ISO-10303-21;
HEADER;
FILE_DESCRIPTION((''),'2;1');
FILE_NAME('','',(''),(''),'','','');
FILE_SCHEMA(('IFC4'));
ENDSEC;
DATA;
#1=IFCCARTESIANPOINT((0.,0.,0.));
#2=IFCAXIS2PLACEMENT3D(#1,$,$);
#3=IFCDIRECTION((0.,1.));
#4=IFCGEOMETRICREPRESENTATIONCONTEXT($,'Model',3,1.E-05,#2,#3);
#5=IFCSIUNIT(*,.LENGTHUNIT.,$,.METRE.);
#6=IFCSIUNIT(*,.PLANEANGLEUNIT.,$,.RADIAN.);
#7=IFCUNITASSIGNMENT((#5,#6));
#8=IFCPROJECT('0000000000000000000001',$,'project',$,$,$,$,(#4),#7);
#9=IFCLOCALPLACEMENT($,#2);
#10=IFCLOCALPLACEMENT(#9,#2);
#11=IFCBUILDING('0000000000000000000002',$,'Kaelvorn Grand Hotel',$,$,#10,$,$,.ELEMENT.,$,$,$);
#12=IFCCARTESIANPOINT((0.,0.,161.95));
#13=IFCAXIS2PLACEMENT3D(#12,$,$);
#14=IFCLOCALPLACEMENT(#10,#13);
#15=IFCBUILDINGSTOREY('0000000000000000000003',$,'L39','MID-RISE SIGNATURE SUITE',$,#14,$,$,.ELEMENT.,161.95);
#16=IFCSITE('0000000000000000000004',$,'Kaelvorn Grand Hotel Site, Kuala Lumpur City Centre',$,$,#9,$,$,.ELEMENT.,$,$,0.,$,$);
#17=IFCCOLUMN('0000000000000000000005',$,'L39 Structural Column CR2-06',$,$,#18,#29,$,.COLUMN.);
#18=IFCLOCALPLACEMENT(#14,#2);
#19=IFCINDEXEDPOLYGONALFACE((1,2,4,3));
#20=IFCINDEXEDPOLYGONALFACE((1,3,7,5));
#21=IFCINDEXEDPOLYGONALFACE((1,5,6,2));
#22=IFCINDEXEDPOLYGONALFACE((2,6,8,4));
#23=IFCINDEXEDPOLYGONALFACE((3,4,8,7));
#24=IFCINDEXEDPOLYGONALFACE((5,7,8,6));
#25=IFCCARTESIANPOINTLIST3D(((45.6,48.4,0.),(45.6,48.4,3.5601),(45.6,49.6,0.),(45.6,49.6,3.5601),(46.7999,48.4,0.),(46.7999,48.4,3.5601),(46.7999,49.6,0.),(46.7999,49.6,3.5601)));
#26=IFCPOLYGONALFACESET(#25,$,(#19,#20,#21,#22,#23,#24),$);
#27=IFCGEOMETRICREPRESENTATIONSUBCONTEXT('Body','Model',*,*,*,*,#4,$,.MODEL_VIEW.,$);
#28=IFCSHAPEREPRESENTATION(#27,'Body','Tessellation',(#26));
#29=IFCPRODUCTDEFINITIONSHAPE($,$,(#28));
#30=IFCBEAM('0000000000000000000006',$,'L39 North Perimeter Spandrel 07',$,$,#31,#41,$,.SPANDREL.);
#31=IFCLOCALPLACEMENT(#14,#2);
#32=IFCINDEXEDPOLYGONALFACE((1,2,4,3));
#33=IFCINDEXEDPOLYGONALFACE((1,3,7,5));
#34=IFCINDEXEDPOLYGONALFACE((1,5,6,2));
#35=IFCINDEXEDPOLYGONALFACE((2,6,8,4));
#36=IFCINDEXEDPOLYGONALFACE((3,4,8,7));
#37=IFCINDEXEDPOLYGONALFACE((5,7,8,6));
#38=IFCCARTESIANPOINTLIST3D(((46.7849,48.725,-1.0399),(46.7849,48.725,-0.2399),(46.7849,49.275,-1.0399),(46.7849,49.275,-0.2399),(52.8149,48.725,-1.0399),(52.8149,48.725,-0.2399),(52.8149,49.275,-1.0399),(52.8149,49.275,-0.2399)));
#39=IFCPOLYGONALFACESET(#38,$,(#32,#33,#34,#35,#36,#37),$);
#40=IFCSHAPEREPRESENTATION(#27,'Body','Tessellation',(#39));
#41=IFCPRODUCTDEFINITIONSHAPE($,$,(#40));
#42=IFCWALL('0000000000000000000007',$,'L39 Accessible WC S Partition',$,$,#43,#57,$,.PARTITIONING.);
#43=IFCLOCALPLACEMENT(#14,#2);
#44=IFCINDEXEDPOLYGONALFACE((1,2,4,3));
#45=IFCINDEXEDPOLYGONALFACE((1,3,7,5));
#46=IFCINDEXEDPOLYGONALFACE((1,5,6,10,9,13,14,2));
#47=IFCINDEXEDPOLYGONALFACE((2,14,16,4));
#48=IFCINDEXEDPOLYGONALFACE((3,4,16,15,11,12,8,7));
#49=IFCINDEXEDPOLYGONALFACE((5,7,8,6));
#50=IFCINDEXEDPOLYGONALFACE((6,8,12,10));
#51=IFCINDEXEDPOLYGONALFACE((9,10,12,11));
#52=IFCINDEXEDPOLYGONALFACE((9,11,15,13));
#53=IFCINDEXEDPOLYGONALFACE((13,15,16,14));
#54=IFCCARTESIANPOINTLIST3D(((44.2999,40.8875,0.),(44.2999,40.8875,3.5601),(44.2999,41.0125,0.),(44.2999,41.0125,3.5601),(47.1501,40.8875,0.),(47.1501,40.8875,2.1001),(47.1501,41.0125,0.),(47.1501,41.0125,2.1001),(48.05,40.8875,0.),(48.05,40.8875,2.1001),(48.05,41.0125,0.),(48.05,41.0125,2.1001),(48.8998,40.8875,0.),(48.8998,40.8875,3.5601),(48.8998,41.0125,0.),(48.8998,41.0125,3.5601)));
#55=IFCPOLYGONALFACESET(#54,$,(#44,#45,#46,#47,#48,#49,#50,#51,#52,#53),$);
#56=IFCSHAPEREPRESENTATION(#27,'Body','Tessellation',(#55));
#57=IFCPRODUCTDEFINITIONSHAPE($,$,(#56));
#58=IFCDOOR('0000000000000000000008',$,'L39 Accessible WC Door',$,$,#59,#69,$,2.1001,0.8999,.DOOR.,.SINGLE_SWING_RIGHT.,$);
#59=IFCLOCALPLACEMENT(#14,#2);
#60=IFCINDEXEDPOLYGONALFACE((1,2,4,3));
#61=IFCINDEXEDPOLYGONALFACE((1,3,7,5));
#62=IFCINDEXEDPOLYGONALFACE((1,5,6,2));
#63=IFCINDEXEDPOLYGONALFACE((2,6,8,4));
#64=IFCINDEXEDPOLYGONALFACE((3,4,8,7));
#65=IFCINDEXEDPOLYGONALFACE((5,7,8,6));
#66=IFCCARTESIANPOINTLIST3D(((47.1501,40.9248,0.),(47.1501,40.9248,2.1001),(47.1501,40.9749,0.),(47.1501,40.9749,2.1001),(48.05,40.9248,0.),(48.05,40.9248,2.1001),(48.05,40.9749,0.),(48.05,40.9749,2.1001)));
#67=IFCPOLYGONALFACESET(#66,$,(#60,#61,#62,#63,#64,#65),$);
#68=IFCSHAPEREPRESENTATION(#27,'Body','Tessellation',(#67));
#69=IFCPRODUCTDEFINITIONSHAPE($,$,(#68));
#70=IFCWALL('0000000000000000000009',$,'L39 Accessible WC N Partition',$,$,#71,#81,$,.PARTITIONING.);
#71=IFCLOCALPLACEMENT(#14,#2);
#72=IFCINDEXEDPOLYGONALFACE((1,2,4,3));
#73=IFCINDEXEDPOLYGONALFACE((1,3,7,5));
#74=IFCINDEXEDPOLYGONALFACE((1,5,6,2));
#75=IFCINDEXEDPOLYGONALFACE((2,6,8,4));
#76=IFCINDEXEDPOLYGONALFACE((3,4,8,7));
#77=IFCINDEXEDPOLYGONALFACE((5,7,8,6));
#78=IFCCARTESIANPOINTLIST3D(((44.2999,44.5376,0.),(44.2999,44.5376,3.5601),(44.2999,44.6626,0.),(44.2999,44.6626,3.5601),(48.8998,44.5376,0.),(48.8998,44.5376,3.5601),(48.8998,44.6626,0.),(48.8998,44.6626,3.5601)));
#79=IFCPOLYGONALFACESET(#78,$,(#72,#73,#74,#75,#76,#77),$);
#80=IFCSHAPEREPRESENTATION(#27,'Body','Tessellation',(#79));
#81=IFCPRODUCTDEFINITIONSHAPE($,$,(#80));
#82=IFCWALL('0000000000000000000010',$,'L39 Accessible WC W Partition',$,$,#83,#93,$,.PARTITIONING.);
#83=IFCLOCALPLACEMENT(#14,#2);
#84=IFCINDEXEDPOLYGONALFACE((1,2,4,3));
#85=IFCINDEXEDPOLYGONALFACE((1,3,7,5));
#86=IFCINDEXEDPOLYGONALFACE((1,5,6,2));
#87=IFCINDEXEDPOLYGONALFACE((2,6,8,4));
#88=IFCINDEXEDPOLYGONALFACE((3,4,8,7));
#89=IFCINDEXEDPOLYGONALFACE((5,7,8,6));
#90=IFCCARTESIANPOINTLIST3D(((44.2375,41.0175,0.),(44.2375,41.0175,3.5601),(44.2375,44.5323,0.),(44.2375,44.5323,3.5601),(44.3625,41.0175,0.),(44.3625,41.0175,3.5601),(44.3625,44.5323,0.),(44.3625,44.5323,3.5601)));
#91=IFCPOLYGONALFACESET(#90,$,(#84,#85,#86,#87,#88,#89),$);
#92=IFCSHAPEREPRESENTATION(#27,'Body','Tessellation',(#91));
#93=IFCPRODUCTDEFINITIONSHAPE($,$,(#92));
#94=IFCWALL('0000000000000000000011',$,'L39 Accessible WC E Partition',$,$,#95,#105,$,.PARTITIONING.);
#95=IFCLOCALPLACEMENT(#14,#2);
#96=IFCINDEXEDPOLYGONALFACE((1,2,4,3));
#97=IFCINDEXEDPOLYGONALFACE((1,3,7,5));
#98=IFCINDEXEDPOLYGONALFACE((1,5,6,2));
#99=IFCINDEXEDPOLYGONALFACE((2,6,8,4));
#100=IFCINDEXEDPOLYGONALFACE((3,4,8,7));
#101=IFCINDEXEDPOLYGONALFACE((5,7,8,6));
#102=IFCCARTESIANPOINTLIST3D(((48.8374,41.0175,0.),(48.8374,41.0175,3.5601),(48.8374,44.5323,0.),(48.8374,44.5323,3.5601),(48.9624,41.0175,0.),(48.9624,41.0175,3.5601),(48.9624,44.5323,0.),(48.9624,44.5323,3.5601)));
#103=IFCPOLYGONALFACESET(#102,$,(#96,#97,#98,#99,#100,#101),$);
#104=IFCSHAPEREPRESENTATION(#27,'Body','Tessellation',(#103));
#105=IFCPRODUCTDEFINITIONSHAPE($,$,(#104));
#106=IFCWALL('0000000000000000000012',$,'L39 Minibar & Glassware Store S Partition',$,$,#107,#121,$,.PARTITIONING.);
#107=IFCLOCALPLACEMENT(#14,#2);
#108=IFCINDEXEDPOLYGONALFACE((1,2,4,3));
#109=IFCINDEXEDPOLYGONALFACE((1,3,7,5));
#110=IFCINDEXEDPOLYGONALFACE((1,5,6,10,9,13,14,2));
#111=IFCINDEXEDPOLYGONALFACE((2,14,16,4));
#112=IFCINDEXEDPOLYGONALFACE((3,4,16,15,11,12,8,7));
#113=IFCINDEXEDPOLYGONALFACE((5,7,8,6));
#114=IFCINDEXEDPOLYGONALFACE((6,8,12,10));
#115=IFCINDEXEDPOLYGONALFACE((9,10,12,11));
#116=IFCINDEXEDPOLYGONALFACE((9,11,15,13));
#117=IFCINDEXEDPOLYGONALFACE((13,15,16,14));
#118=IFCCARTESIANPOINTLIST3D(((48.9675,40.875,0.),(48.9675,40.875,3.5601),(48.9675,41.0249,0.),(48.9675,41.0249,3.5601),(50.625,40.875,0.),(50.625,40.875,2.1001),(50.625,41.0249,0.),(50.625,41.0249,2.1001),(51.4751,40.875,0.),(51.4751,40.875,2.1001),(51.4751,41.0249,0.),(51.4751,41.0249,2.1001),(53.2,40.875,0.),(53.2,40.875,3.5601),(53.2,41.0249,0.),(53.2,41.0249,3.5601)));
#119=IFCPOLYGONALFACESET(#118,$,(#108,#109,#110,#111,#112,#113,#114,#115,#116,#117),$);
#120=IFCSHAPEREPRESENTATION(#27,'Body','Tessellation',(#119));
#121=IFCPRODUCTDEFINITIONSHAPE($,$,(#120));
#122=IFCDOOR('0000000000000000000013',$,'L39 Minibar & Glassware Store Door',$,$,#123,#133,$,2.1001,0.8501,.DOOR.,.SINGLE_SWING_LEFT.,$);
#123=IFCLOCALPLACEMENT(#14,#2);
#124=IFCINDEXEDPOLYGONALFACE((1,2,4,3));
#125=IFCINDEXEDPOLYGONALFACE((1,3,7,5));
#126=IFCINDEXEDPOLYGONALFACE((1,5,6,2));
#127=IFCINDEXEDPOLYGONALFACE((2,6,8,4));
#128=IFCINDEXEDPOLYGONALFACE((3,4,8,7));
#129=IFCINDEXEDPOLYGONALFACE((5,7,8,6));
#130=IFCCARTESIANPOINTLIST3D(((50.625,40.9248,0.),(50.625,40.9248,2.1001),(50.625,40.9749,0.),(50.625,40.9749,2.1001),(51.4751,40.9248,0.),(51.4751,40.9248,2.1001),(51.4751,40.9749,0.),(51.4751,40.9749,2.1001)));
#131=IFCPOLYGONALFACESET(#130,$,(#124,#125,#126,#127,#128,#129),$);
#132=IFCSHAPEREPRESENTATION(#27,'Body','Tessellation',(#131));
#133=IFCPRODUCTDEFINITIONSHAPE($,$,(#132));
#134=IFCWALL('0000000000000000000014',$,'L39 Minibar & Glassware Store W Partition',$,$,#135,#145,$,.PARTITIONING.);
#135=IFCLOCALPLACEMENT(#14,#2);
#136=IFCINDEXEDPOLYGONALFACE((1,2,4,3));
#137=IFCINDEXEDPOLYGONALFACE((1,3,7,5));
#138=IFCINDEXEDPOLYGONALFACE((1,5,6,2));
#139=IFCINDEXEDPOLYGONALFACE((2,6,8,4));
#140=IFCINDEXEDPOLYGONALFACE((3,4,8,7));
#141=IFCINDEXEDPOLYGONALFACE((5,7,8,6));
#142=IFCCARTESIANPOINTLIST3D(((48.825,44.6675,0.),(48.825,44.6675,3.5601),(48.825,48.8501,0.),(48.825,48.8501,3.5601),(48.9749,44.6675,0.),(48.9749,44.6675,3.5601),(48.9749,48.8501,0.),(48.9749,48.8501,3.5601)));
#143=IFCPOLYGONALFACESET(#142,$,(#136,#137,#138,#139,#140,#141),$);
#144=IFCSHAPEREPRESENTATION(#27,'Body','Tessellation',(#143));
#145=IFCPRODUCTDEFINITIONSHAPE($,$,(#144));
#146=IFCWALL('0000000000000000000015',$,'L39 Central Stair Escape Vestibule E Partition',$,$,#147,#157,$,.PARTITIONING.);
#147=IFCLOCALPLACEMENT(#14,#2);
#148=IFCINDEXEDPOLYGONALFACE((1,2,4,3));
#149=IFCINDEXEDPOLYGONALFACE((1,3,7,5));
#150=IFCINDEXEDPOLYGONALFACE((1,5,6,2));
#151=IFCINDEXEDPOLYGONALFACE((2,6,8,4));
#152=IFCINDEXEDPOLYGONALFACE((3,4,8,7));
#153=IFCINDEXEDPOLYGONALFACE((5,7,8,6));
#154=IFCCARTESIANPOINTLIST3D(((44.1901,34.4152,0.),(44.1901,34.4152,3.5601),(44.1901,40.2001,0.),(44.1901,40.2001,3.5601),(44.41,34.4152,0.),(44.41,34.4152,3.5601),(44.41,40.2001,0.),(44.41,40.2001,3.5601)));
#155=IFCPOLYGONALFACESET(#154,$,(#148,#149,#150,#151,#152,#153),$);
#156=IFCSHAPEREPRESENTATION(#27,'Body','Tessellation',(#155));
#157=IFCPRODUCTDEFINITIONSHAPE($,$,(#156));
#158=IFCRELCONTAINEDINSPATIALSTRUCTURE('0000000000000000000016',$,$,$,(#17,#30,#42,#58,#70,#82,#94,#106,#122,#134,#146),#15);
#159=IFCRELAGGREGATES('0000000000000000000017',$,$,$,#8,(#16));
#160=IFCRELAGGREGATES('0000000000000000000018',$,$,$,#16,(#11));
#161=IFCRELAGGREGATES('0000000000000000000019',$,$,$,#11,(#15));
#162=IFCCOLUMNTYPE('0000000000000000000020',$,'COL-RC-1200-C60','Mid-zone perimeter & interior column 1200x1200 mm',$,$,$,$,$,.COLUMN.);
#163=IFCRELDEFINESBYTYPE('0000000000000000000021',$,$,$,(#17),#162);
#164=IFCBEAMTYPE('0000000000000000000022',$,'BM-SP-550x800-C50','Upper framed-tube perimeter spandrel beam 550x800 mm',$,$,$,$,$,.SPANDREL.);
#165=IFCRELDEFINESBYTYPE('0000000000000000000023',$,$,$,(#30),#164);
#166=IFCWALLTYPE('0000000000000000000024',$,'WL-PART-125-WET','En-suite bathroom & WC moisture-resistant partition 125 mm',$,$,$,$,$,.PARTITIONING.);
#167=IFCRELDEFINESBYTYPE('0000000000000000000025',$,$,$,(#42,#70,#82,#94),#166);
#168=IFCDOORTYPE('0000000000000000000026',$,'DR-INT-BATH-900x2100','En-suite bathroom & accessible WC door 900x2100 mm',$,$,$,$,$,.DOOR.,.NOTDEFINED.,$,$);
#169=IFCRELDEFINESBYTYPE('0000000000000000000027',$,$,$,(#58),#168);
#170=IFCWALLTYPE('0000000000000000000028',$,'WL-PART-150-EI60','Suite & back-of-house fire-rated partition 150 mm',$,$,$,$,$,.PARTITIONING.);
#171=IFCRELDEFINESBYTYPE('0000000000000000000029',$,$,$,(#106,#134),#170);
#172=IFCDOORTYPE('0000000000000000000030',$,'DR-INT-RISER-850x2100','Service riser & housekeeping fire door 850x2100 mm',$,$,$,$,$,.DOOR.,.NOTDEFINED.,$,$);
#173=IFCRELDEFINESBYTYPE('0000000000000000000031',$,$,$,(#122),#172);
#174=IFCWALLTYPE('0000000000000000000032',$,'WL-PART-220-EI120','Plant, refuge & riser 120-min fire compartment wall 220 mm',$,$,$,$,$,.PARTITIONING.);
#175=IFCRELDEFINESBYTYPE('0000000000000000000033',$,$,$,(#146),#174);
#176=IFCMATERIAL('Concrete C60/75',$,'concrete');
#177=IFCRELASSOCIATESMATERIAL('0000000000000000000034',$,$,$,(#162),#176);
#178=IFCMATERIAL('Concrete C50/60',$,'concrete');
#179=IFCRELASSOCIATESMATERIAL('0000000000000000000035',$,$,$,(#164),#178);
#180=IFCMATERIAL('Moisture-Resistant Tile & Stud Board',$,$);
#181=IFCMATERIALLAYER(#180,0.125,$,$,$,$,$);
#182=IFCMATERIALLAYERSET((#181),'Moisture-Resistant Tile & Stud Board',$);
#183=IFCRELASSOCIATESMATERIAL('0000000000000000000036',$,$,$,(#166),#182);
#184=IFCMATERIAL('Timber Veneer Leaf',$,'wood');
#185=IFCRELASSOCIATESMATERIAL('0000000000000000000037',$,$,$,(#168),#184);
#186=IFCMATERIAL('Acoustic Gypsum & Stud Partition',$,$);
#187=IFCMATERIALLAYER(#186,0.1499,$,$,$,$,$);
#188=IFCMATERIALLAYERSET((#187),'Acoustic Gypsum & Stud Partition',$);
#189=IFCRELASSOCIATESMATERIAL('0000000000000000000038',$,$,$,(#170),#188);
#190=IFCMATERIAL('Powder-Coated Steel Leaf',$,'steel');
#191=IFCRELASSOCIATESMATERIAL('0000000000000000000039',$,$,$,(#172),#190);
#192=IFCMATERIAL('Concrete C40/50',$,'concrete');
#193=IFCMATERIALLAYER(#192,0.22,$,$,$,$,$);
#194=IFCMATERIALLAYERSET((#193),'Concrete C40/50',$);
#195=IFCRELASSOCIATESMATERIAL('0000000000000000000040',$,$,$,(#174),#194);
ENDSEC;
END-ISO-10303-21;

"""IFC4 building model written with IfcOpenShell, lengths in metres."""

from ifc_helpers import new_model, si_unit, direction, frame, frame_2d, origin, origin_2d, place, context, subcontext, project, spatial, rectangle, extrude, material, layer, layer_set, material_profile, profile_set, type_object, element, fill, save


model = new_model("IFC4")

# Units and contexts
model_context = context("Model", 3, precision=1e-05, world=origin(), true_north=direction((0.0, 1.0)))
body_context = subcontext(model_context, "Body", "Model", "MODEL_VIEW")
ifc_project = project(units=[si_unit("LENGTHUNIT", "METRE"), si_unit("PLANEANGLEUNIT", "RADIAN")], contexts=[model_context])

# Site, building, storey
site_placement = place(None, origin())
site = spatial("IfcSite", under=ifc_project, at=site_placement, Name="Kaelvorn Grand Hotel Site, Kuala Lumpur City Centre", CompositionType="ELEMENT", RefElevation=0.0)
building_placement = place(site_placement, origin())
building = spatial("IfcBuilding", under=site, at=building_placement, Name="Kaelvorn Grand Hotel", CompositionType="ELEMENT")
storey_placement = place(building_placement, frame((0.0, 0.0, 161.95)))
storey = spatial("IfcBuildingStorey", under=building, at=storey_placement, Name="L39", Description="MID-RISE SIGNATURE SUITE", CompositionType="ELEMENT", Elevation=161.95)

# Column
ifc_material_1 = material(Name="Concrete C60/75", Category="concrete")
ifc_material_profile_1 = material_profile(ifc_material_1, rectangle(XDim=1.2, YDim=1.2, at=origin_2d()), Name="RC COL 1200x1200")
ifc_profile_set_1 = profile_set([ifc_material_profile_1], Name="Concrete C60/75")
column_type = type_object("IfcColumnType", Name="COL-RC-1200-C60", Description="Mid-zone perimeter & interior column 1200x1200 mm", PredefinedType="COLUMN", material=ifc_profile_set_1)
column_placement = place(storey_placement, frame((46.2, 49.0, 0.0), z_axis=(0.0, 0.0, 1.0), x_axis=(1.0, 0.0, 0.0)))
element("IfcColumn", 1, at=column_placement, inside=storey, type_object=column_type, Name="L39 Structural Column CR2-06", PredefinedType="COLUMN", context=body_context, shape_type="SweptSolid", body=[
    extrude(rectangle(XDim=1.2, YDim=1.2, at=origin_2d()), origin(), (0.0, 0.0, 1.0), 3.5601),
])

# Beam
ifc_material_2 = material(Name="Concrete C50/60", Category="concrete")
ifc_material_profile_2 = material_profile(ifc_material_2, rectangle(XDim=0.55, YDim=0.8, at=origin_2d()), Name="RC SPANDREL 550x800")
ifc_profile_set_2 = profile_set([ifc_material_profile_2], Name="Concrete C50/60")
beam_type = type_object("IfcBeamType", Name="BM-SP-550x800-C50", Description="Upper framed-tube perimeter spandrel beam 550x800 mm", PredefinedType="SPANDREL", material=ifc_profile_set_2)
beam_placement = place(storey_placement, frame((46.7849, 49.0, -0.6399), z_axis=(1.0, 0.0, 0.0), x_axis=(0.0, 1.0, 0.0)))
element("IfcBeam", 2, at=beam_placement, inside=storey, type_object=beam_type, Name="L39 North Perimeter Spandrel 07", PredefinedType="SPANDREL", context=body_context, shape_type="SweptSolid", body=[
    extrude(rectangle(XDim=0.55, YDim=0.8, at=origin_2d()), origin(), (0.0, 0.0, 1.0), 6.03),
])

# Wall, opening, door
ifc_material_3 = material(Name="Moisture-Resistant Tile & Stud Board")
ifc_layer_1 = layer(ifc_material_3, 0.125)
ifc_layer_set_1 = layer_set([ifc_layer_1], Name="Moisture-Resistant Tile & Stud Board")
wall_type_1 = type_object("IfcWallType", Name="WL-PART-125-WET", Description="En-suite bathroom & WC moisture-resistant partition 125 mm", PredefinedType="PARTITIONING", material=ifc_layer_set_1)
wall_1_placement = place(storey_placement, frame((44.3, 40.95, 0.0), z_axis=(0.0, 0.0, 1.0), x_axis=(1.0, 0.0, 0.0)))
wall_1 = element("IfcWall", 3, at=wall_1_placement, inside=storey, type_object=wall_type_1, Name="L39 Accessible WC S Partition", PredefinedType="PARTITIONING", context=body_context, shape_type="SweptSolid", body=[
    extrude(rectangle(XDim=4.5999, YDim=0.125, at=frame_2d((2.2998, 0.0))), origin(), (0.0, 0.0, 1.0), 3.5601),
])
opening_1_placement = place(wall_1_placement, frame((2.8501, 0.0, 0.0)))
opening_1 = element("IfcOpeningElement", 4, at=opening_1_placement, cuts=wall_1, PredefinedType="OPENING", context=body_context, shape_type="SweptSolid", body=[
    extrude(rectangle(XDim=0.8999, YDim=2.1001, at=frame_2d((0.45, 1.05))), frame((0.0, 0.0725, 0.0), z_axis=(0.0, -1.0, 0.0), x_axis=(1.0, 0.0, 0.0)), (0.0, 0.0, 1.0), 0.145),
])
ifc_material_4 = material(Name="Timber Veneer Leaf", Category="wood")
door_type_1 = type_object("IfcDoorType", Name="DR-INT-BATH-900x2100", Description="En-suite bathroom & accessible WC door 900x2100 mm", OperationType="NOTDEFINED", PredefinedType="DOOR", material=ifc_material_4)
door_1_placement = place(opening_1_placement, origin())
door_1 = element("IfcDoor", 5, at=door_1_placement, inside=storey, type_object=door_type_1, Name="L39 Accessible WC Door", OperationType="SINGLE_SWING_RIGHT", OverallHeight=2.1001, OverallWidth=0.8999, PredefinedType="DOOR", context=body_context, shape_type="SweptSolid", body=[
    extrude(rectangle(XDim=0.8999, YDim=2.1001, at=frame_2d((0.45, 1.05))), frame((0.0, 0.0249, 0.0), z_axis=(0.0, -1.0, 0.0), x_axis=(1.0, 0.0, 0.0)), (0.0, 0.0, 1.0), 0.05),
])
fill(opening_1, door_1)

# Walls
wall_2_placement = place(storey_placement, frame((44.3, 44.6001, 0.0), z_axis=(0.0, 0.0, 1.0), x_axis=(1.0, 0.0, 0.0)))
element("IfcWall", 6, at=wall_2_placement, inside=storey, type_object=wall_type_1, Name="L39 Accessible WC N Partition", PredefinedType="PARTITIONING", context=body_context, shape_type="SweptSolid", body=[
    extrude(rectangle(XDim=4.5999, YDim=0.125, at=frame_2d((2.2998, 0.0))), origin(), (0.0, 0.0, 1.0), 3.5601),
])
for number, where, z_axis, x_axis, name in (
    (7, (44.3, 41.0176, 0.0), (0.0, 0.0, 1.0), (0.0, 1.0, 0.0), "L39 Accessible WC W Partition"),
    (8, (48.8999, 41.0176, 0.0), (0.0, 0.0, 1.0), (0.0, 1.0, 0.0), "L39 Accessible WC E Partition"),
):
    element("IfcWall", number, at=place(storey_placement, frame(where, z_axis=z_axis, x_axis=x_axis)), inside=storey, type_object=wall_type_1, Name=name, PredefinedType="PARTITIONING", context=body_context, shape_type="SweptSolid", body=[
        extrude(rectangle(XDim=3.5149, YDim=0.125, at=frame_2d((1.7573, 0.0))), origin(), (0.0, 0.0, 1.0), 3.5601),
    ])

# Wall, opening, door
ifc_material_5 = material(Name="Acoustic Gypsum & Stud Partition")
ifc_layer_2 = layer(ifc_material_5, 0.1499)
ifc_layer_set_2 = layer_set([ifc_layer_2], Name="Acoustic Gypsum & Stud Partition")
wall_type_2 = type_object("IfcWallType", Name="WL-PART-150-EI60", Description="Suite & back-of-house fire-rated partition 150 mm", PredefinedType="PARTITIONING", material=ifc_layer_set_2)
wall_3_placement = place(storey_placement, frame((48.9675, 40.95, 0.0), z_axis=(0.0, 0.0, 1.0), x_axis=(1.0, 0.0, 0.0)))
wall_3 = element("IfcWall", 9, at=wall_3_placement, inside=storey, type_object=wall_type_2, Name="L39 Minibar & Glassware Store S Partition", PredefinedType="PARTITIONING", context=body_context, shape_type="SweptSolid", body=[
    extrude(rectangle(XDim=4.2324, YDim=0.1499, at=frame_2d((2.1162, 0.0))), origin(), (0.0, 0.0, 1.0), 3.5601),
])
opening_2_placement = place(wall_3_placement, frame((1.6575, 0.0, 0.0)))
opening_2 = element("IfcOpeningElement", 10, at=opening_2_placement, cuts=wall_3, PredefinedType="OPENING", context=body_context, shape_type="SweptSolid", body=[
    extrude(rectangle(XDim=0.8501, YDim=2.1001, at=frame_2d((0.425, 1.05))), frame((0.0, 0.085, 0.0), z_axis=(0.0, -1.0, 0.0), x_axis=(1.0, 0.0, 0.0)), (0.0, 0.0, 1.0), 0.1699),
])
ifc_material_6 = material(Name="Powder-Coated Steel Leaf", Category="steel")
door_type_2 = type_object("IfcDoorType", Name="DR-INT-RISER-850x2100", Description="Service riser & housekeeping fire door 850x2100 mm", OperationType="NOTDEFINED", PredefinedType="DOOR", material=ifc_material_6)
door_2_placement = place(opening_2_placement, origin())
door_2 = element("IfcDoor", 11, at=door_2_placement, inside=storey, type_object=door_type_2, Name="L39 Minibar & Glassware Store Door", OperationType="SINGLE_SWING_LEFT", OverallHeight=2.1001, OverallWidth=0.8501, PredefinedType="DOOR", context=body_context, shape_type="SweptSolid", body=[
    extrude(rectangle(XDim=0.8501, YDim=2.1001, at=frame_2d((0.425, 1.05))), frame((0.0, 0.0249, 0.0), z_axis=(0.0, -1.0, 0.0), x_axis=(1.0, 0.0, 0.0)), (0.0, 0.0, 1.0), 0.05),
])
fill(opening_2, door_2)

# Walls
wall_4_placement = place(storey_placement, frame((48.8999, 44.6675, 0.0), z_axis=(0.0, 0.0, 1.0), x_axis=(0.0, 1.0, 0.0)))
element("IfcWall", 12, at=wall_4_placement, inside=storey, type_object=wall_type_2, Name="L39 Minibar & Glassware Store W Partition", PredefinedType="PARTITIONING", context=body_context, shape_type="SweptSolid", body=[
    extrude(rectangle(XDim=4.1826, YDim=0.1499, at=frame_2d((2.0913, 0.0))), origin(), (0.0, 0.0, 1.0), 3.5601),
])
ifc_material_7 = material(Name="Concrete C40/50", Category="concrete")
ifc_layer_3 = layer(ifc_material_7, 0.22)
ifc_layer_set_3 = layer_set([ifc_layer_3], Name="Concrete C40/50")
wall_type_3 = type_object("IfcWallType", Name="WL-PART-220-EI120", Description="Plant, refuge & riser 120-min fire compartment wall 220 mm", PredefinedType="PARTITIONING", material=ifc_layer_set_3)
wall_5_placement = place(storey_placement, frame((44.3, 34.415, 0.0), z_axis=(0.0, 0.0, 1.0), x_axis=(0.0, 1.0, 0.0)))
element("IfcWall", 13, at=wall_5_placement, inside=storey, type_object=wall_type_3, Name="L39 Central Stair Escape Vestibule E Partition", PredefinedType="PARTITIONING", context=body_context, shape_type="SweptSolid", body=[
    extrude(rectangle(XDim=5.7849, YDim=0.22, at=frame_2d((2.8926, 0.0))), origin(), (0.0, 0.0, 1.0), 3.5601),
])

save(model, "model.ifc")
